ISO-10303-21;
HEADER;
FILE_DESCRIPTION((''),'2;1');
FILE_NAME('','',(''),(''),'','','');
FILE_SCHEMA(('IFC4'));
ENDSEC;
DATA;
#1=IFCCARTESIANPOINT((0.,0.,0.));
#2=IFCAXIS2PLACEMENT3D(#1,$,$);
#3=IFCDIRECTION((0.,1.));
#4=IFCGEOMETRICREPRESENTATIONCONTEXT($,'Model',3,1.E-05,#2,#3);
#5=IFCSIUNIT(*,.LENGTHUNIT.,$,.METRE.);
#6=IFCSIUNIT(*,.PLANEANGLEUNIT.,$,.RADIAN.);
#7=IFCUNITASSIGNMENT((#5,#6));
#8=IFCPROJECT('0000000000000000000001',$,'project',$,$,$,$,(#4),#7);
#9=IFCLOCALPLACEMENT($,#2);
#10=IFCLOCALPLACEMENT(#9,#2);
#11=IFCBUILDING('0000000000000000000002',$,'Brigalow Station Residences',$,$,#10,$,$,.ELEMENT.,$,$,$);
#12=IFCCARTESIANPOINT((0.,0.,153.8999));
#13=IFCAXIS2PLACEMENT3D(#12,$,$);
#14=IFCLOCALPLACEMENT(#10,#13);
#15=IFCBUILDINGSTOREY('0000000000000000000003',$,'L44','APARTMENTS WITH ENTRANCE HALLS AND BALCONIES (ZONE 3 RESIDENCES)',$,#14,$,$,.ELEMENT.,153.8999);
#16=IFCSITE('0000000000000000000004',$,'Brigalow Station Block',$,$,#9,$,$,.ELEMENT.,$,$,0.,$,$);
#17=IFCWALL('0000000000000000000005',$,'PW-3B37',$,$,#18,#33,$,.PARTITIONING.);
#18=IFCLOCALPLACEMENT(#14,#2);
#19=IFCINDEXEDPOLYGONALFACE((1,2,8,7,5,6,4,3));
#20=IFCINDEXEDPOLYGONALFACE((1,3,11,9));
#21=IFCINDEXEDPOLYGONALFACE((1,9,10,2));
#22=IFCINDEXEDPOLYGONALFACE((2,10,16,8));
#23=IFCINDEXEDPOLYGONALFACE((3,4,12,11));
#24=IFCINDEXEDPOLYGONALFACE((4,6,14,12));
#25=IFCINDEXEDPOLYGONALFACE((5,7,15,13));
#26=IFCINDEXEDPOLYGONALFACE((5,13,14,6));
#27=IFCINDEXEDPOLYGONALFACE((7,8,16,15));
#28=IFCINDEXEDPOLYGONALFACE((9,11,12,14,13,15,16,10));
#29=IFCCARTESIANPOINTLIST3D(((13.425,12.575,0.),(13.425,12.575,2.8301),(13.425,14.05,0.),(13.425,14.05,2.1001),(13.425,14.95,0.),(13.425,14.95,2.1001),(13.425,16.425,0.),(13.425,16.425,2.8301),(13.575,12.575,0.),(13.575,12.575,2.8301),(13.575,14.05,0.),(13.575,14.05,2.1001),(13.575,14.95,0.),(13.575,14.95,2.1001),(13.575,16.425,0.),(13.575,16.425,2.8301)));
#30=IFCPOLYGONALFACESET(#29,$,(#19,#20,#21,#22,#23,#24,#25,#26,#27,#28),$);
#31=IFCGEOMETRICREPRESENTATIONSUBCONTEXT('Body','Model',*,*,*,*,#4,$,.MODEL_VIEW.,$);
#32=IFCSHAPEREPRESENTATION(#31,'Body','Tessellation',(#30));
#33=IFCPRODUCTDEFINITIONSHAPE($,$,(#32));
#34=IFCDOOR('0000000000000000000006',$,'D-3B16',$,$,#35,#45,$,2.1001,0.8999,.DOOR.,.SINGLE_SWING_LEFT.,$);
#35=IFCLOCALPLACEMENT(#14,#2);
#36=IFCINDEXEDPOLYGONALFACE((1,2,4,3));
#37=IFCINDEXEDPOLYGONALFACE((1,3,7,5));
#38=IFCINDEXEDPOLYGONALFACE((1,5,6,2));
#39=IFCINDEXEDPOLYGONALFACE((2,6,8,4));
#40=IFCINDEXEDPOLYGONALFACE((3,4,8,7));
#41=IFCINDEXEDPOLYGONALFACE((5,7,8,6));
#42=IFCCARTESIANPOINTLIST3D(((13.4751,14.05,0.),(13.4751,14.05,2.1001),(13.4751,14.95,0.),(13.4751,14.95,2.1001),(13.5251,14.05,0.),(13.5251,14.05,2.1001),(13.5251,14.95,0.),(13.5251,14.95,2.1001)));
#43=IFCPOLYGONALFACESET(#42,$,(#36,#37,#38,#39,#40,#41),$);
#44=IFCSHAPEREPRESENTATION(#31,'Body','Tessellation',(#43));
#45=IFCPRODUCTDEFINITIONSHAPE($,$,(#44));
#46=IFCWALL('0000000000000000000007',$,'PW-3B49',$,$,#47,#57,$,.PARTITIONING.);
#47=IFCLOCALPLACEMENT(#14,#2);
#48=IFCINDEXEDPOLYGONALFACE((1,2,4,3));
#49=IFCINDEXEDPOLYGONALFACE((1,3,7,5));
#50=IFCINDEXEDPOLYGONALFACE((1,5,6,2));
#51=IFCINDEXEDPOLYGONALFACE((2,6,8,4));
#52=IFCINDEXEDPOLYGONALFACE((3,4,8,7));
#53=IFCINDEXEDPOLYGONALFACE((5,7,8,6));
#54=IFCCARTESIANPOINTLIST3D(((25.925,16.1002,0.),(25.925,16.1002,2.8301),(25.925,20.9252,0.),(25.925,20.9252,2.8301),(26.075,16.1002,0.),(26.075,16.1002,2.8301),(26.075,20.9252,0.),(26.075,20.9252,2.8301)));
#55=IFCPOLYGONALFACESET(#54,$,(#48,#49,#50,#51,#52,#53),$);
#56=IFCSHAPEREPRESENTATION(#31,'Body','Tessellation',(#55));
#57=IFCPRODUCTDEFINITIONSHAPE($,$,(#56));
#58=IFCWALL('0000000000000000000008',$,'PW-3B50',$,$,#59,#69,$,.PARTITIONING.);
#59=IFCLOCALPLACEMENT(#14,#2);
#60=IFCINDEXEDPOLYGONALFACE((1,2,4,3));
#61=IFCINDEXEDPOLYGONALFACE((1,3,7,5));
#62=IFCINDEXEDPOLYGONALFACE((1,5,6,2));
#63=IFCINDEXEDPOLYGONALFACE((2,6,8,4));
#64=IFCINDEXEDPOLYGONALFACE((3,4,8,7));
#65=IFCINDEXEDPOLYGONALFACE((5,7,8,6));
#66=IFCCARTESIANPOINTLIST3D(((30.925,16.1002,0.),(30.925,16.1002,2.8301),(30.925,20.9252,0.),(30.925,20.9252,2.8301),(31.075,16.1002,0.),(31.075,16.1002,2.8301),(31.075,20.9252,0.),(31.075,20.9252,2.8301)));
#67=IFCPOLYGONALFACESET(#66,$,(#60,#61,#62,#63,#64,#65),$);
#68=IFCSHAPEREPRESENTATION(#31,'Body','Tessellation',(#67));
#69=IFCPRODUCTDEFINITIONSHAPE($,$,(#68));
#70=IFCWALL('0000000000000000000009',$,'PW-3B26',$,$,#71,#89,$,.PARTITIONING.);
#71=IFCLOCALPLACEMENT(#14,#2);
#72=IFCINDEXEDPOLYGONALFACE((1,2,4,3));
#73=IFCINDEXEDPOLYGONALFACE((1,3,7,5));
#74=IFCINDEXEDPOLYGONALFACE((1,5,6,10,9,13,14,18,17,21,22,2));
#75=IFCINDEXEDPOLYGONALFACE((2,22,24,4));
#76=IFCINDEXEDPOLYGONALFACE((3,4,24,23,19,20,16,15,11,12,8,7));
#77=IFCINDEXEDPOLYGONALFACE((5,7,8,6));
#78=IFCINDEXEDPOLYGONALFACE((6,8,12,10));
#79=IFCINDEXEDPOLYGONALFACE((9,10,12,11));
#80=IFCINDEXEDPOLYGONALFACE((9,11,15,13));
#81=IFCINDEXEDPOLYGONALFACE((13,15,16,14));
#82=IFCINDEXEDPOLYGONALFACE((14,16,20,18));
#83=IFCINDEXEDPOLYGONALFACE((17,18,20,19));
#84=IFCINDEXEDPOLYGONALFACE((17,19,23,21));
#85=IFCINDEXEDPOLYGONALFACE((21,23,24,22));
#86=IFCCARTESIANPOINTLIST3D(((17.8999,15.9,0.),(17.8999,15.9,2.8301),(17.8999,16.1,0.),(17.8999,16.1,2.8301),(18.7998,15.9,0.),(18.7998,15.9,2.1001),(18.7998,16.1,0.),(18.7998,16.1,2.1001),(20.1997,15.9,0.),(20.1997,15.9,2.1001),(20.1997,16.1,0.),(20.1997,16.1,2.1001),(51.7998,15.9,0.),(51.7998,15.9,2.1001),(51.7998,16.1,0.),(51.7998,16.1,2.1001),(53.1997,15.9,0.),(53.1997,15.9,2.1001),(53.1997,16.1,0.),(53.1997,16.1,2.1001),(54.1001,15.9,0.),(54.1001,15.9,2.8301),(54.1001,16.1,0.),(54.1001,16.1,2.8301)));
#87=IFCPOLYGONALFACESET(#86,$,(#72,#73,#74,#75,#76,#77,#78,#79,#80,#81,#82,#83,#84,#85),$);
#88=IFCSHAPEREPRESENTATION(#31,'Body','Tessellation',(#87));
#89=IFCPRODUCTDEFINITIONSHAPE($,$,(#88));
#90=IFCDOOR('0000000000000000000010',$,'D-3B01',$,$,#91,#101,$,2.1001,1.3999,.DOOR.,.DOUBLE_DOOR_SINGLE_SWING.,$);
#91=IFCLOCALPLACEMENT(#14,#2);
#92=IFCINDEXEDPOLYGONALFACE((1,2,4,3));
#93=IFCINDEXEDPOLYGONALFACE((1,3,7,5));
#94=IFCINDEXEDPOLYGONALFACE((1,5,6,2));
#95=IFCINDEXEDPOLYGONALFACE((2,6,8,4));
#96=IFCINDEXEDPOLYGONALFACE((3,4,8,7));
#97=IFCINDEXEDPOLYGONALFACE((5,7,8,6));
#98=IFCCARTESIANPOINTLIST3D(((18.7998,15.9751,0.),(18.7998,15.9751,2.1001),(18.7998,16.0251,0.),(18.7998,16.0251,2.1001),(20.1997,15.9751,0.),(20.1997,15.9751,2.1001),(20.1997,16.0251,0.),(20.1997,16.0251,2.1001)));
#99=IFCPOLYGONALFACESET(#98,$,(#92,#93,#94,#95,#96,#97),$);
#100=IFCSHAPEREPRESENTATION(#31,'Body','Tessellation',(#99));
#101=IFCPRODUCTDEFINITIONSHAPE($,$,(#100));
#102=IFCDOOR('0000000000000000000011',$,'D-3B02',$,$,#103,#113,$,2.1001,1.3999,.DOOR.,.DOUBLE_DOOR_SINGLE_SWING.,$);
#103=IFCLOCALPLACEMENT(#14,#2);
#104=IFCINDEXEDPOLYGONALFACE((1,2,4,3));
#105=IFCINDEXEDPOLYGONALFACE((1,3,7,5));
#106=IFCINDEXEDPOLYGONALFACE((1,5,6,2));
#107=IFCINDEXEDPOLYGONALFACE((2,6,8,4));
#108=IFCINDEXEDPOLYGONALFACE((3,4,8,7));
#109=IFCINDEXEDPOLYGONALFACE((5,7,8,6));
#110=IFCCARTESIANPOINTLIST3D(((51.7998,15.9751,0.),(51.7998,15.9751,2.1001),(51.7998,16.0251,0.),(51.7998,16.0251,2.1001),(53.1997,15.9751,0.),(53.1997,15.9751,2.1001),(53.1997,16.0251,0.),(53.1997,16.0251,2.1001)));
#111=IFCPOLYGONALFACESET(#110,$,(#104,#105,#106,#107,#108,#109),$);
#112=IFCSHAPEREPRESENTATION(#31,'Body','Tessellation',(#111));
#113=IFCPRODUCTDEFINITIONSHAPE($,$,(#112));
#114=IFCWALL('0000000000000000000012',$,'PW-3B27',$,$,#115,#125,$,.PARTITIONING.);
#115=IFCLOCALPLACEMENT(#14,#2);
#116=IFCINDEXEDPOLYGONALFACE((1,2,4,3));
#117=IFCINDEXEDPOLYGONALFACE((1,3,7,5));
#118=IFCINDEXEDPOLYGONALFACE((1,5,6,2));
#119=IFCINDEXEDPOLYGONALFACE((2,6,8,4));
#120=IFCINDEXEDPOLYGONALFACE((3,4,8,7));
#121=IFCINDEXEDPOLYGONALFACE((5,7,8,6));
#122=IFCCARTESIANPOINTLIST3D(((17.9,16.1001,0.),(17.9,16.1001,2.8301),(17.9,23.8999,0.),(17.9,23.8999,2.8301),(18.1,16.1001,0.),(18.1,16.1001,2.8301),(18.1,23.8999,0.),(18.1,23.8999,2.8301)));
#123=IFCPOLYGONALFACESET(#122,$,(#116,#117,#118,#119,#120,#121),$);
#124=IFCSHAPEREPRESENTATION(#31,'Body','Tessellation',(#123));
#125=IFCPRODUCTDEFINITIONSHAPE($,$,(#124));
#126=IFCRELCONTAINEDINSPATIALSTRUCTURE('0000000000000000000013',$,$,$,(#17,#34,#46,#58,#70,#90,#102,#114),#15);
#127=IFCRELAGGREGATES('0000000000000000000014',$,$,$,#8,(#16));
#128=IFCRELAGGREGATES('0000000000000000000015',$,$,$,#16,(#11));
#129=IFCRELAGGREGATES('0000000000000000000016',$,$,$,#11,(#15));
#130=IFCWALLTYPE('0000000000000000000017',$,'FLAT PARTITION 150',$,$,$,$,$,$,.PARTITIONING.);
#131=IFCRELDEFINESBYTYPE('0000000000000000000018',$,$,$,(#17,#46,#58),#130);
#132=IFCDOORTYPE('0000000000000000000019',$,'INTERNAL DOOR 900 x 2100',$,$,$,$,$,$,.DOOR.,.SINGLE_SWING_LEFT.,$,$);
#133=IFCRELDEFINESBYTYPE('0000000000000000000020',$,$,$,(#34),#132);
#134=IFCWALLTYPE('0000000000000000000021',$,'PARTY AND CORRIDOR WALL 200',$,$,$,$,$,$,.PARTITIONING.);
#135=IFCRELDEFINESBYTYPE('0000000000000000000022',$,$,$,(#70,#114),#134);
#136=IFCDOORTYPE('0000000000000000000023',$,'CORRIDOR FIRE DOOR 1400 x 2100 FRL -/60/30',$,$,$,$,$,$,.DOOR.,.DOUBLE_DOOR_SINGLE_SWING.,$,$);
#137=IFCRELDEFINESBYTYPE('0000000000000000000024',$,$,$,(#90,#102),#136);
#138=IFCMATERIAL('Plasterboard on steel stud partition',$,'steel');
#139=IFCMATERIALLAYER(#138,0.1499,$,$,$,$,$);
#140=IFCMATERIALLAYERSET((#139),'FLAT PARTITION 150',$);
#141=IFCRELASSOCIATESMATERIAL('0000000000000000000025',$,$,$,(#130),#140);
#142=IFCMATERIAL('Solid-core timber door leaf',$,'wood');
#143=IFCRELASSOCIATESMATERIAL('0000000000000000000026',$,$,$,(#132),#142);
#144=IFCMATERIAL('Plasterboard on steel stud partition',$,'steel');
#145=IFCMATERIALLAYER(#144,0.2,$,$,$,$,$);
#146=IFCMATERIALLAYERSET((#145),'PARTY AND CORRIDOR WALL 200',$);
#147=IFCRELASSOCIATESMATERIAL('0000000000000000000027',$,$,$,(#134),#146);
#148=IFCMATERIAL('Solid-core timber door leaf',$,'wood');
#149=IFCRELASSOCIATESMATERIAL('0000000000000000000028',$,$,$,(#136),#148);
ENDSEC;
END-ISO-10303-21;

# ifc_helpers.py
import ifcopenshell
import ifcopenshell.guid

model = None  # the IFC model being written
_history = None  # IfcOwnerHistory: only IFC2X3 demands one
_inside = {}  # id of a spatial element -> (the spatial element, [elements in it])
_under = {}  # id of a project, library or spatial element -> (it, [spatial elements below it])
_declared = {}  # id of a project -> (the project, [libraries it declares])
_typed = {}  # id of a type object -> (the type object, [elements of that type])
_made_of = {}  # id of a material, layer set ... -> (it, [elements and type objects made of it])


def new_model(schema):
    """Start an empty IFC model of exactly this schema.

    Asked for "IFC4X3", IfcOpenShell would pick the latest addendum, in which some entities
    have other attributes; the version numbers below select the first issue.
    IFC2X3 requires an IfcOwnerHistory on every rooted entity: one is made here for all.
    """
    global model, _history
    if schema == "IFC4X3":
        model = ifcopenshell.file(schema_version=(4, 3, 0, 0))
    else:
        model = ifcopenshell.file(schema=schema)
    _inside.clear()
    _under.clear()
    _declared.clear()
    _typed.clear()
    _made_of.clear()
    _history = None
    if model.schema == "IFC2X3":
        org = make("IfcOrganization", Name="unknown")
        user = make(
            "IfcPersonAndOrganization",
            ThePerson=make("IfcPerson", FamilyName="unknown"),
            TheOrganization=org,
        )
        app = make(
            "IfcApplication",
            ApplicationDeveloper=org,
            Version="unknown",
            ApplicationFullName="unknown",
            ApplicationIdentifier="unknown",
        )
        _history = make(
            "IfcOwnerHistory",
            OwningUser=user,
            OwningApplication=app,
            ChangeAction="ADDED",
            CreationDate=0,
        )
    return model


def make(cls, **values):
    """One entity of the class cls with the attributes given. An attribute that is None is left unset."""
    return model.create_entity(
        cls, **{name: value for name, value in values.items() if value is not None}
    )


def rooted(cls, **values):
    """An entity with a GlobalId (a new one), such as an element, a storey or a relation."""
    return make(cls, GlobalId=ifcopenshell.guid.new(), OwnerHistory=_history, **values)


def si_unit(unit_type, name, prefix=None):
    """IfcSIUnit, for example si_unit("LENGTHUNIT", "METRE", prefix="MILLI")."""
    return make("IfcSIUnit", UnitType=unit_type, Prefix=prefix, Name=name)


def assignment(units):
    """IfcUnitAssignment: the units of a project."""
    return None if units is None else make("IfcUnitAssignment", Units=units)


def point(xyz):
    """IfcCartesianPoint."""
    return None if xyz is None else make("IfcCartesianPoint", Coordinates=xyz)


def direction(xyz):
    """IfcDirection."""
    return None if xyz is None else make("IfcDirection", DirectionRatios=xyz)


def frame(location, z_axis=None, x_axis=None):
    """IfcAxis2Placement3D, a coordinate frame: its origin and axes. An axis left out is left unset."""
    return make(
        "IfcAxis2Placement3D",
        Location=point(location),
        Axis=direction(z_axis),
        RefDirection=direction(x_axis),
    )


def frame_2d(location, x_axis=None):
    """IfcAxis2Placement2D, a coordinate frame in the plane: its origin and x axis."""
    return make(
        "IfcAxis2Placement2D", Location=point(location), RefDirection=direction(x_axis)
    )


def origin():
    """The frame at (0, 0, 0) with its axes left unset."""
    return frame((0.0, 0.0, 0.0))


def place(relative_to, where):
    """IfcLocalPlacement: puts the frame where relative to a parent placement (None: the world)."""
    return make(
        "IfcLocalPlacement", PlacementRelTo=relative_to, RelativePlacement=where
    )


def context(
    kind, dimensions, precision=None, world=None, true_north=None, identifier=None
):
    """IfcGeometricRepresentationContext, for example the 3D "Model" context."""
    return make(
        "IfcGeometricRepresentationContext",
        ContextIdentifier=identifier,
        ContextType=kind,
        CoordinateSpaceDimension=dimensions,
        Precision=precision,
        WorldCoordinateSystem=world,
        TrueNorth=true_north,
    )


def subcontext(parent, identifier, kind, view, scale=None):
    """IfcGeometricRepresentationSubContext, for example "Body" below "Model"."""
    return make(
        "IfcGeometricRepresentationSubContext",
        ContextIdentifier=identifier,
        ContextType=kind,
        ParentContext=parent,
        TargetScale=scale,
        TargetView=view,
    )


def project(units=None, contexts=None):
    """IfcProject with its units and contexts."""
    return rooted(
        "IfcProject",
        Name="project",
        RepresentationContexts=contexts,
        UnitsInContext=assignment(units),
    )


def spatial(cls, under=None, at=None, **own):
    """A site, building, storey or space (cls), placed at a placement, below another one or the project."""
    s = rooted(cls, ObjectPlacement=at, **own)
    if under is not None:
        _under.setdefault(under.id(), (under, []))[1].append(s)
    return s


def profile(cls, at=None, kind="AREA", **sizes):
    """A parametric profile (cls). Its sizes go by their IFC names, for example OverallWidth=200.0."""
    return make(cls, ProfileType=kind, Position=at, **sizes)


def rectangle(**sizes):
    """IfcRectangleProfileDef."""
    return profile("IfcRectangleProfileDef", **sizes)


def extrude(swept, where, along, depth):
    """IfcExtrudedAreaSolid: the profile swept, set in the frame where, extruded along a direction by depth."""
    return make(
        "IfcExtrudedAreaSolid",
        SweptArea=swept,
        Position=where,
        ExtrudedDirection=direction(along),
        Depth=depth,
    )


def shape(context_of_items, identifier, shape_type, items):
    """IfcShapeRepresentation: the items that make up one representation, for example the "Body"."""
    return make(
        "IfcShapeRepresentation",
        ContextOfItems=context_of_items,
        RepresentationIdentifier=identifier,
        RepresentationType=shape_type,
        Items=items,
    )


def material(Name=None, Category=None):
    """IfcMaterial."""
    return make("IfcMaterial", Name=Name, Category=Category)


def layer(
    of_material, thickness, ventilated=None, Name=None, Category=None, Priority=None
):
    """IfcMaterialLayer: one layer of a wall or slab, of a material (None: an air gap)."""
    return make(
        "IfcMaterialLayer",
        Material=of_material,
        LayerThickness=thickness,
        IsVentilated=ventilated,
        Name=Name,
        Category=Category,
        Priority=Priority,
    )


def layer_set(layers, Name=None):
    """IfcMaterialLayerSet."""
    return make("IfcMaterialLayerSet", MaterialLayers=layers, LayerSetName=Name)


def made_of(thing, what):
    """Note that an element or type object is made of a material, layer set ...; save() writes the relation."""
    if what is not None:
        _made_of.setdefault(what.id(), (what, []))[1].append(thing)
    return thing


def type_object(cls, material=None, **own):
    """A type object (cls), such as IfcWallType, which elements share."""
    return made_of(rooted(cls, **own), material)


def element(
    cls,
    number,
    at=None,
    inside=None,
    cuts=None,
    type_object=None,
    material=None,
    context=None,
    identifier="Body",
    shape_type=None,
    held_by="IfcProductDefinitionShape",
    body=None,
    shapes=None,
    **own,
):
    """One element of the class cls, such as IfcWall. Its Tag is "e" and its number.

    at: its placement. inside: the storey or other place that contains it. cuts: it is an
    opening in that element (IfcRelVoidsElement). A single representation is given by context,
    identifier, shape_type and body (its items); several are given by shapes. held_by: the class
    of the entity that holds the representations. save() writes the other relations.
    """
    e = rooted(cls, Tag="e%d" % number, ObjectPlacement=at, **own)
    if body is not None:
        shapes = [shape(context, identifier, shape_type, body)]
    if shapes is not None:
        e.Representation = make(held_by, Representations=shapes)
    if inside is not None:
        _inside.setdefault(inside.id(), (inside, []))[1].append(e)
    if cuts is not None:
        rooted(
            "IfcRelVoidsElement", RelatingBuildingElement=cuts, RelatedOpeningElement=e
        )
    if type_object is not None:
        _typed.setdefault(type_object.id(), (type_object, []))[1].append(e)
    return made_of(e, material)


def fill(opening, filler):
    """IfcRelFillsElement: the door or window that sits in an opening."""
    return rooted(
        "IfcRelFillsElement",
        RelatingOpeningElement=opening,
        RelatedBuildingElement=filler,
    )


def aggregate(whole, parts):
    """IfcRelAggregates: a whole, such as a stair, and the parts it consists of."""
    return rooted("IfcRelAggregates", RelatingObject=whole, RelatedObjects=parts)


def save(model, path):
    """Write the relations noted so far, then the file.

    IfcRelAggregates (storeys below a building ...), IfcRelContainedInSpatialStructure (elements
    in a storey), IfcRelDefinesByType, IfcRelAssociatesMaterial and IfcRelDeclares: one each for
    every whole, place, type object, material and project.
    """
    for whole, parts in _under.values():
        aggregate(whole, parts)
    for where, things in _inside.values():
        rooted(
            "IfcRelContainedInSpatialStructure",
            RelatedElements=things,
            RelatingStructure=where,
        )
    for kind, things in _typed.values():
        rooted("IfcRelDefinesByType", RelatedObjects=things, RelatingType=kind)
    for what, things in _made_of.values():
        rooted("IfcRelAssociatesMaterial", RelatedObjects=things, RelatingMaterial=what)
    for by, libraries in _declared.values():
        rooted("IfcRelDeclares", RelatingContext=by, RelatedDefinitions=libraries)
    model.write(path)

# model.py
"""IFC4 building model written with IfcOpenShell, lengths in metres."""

from ifc_helpers import new_model, si_unit, direction, frame, frame_2d, origin, place, context, subcontext, project, spatial, rectangle, extrude, material, layer, layer_set, type_object, element, fill, save


model = new_model("IFC4")

# Units and contexts
model_context = context("Model", 3, precision=1e-05, world=origin(), true_north=direction((0.0, 1.0)))
body_context = subcontext(model_context, "Body", "Model", "MODEL_VIEW")
ifc_project = project(units=[si_unit("LENGTHUNIT", "METRE"), si_unit("PLANEANGLEUNIT", "RADIAN")], contexts=[model_context])

# Site, building, storey
site_placement = place(None, origin())
site = spatial("IfcSite", under=ifc_project, at=site_placement, Name="Brigalow Station Block", CompositionType="ELEMENT", RefElevation=0.0)
building_placement = place(site_placement, origin())
building = spatial("IfcBuilding", under=site, at=building_placement, Name="Brigalow Station Residences", CompositionType="ELEMENT")
storey_placement = place(building_placement, frame((0.0, 0.0, 153.8999)))
storey = spatial("IfcBuildingStorey", under=building, at=storey_placement, Name="L44", Description="APARTMENTS WITH ENTRANCE HALLS AND BALCONIES (ZONE 3 RESIDENCES)", CompositionType="ELEMENT", Elevation=153.8999)

# Shared definitions
ifc_material_1 = material(Name="Plasterboard on steel stud partition", Category="steel")
ifc_layer_1 = layer(ifc_material_1, 0.1499)
ifc_layer_set_1 = layer_set([ifc_layer_1], Name="FLAT PARTITION 150")
wall_type_1 = type_object("IfcWallType", Name="FLAT PARTITION 150", PredefinedType="PARTITIONING", material=ifc_layer_set_1)
ifc_material_2 = material(Name="Solid-core timber door leaf", Category="wood")
door_type_1 = type_object("IfcDoorType", Name="INTERNAL DOOR 900 x 2100", OperationType="SINGLE_SWING_LEFT", PredefinedType="DOOR", material=ifc_material_2)

# Wall, opening, door
wall_1_placement = place(storey_placement, frame((13.5, 12.575, 0.0), z_axis=(0.0, 0.0, 1.0), x_axis=(0.0, 1.0, 0.0)))
wall_1 = element("IfcWall", 1, at=wall_1_placement, inside=storey, type_object=wall_type_1, Name="PW-3B37", PredefinedType="PARTITIONING", context=body_context, shape_type="SweptSolid", body=[
    extrude(rectangle(XDim=3.8501, YDim=0.1499, at=frame_2d((1.925, 0.0))), origin(), (0.0, 0.0, 1.0), 2.8301),
])
opening_1_placement = place(wall_1_placement, frame((1.4751, 0.0, 0.0)))
opening_1 = element("IfcOpeningElement", 2, at=opening_1_placement, cuts=wall_1, PredefinedType="OPENING", context=body_context, shape_type="SweptSolid", body=[
    extrude(rectangle(XDim=0.8999, YDim=2.1001, at=frame_2d((0.45, 1.05))), frame((0.0, 0.085, 0.0), z_axis=(0.0, -1.0, 0.0), x_axis=(1.0, 0.0, 0.0)), (0.0, 0.0, 1.0), 0.1699),
])
door_1_placement = place(opening_1_placement, origin())
door_1 = element("IfcDoor", 3, at=door_1_placement, inside=storey, type_object=door_type_1, Name="D-3B16", OperationType="SINGLE_SWING_LEFT", OverallHeight=2.1001, OverallWidth=0.8999, PredefinedType="DOOR", context=body_context, shape_type="SweptSolid", body=[
    extrude(rectangle(XDim=0.8999, YDim=2.1001, at=frame_2d((0.45, 1.05))), frame((0.0, 0.0249, 0.0), z_axis=(0.0, -1.0, 0.0), x_axis=(1.0, 0.0, 0.0)), (0.0, 0.0, 1.0), 0.05),
])
fill(opening_1, door_1)

# Walls
for number, where, z_axis, x_axis, name in (
    (4, (26.0, 16.1001, 0.0), (0.0, 0.0, 1.0), (0.0, 1.0, 0.0), "PW-3B49"),
    (5, (31.0, 16.1001, 0.0), (0.0, 0.0, 1.0), (0.0, 1.0, 0.0), "PW-3B50"),
):
    element("IfcWall", number, at=place(storey_placement, frame(where, z_axis=z_axis, x_axis=x_axis)), inside=storey, type_object=wall_type_1, Name=name, PredefinedType="PARTITIONING", context=body_context, shape_type="SweptSolid", body=[
        extrude(rectangle(XDim=4.825, YDim=0.1499, at=frame_2d((2.4126, 0.0))), origin(), (0.0, 0.0, 1.0), 2.8301),
    ])

# Wall, openings, doors
ifc_material_3 = material(Name="Plasterboard on steel stud partition", Category="steel")
ifc_layer_2 = layer(ifc_material_3, 0.2)
ifc_layer_set_2 = layer_set([ifc_layer_2], Name="PARTY AND CORRIDOR WALL 200")
wall_type_2 = type_object("IfcWallType", Name="PARTY AND CORRIDOR WALL 200", PredefinedType="PARTITIONING", material=ifc_layer_set_2)
wall_2_placement = place(storey_placement, frame((17.8999, 16.0, 0.0), z_axis=(0.0, 0.0, 1.0), x_axis=(1.0, 0.0, 0.0)))
wall_2 = element("IfcWall", 6, at=wall_2_placement, inside=storey, type_object=wall_type_2, Name="PW-3B26", PredefinedType="PARTITIONING", context=body_context, shape_type="SweptSolid", body=[
    extrude(rectangle(XDim=36.2002, YDim=0.2, at=frame_2d((18.1001, 0.0))), origin(), (0.0, 0.0, 1.0), 2.8301),
])
opening_2_placement = place(wall_2_placement, frame((0.8999, 0.0, 0.0)))
opening_2 = element("IfcOpeningElement", 7, at=opening_2_placement, cuts=wall_2, PredefinedType="OPENING", context=body_context, shape_type="SweptSolid", body=[
    extrude(rectangle(XDim=1.3999, YDim=2.1001, at=frame_2d((0.7, 1.05))), frame((0.0, 0.1099, 0.0), z_axis=(0.0, -1.0, 0.0), x_axis=(1.0, 0.0, 0.0)), (0.0, 0.0, 1.0), 0.22),
])
opening_3_placement = place(wall_2_placement, frame((33.8999, 0.0, 0.0)))
opening_3 = element("IfcOpeningElement", 8, at=opening_3_placement, cuts=wall_2, PredefinedType="OPENING", context=body_context, shape_type="SweptSolid", body=[
    extrude(rectangle(XDim=1.3999, YDim=2.1001, at=frame_2d((0.7, 1.05))), frame((0.0, 0.1099, 0.0), z_axis=(0.0, -1.0, 0.0), x_axis=(1.0, 0.0, 0.0)), (0.0, 0.0, 1.0), 0.22),
])
ifc_material_4 = material(Name="Solid-core timber door leaf", Category="wood")
door_type_2 = type_object("IfcDoorType", Name="CORRIDOR FIRE DOOR 1400 x 2100 FRL -/60/30", OperationType="DOUBLE_DOOR_SINGLE_SWING", PredefinedType="DOOR", material=ifc_material_4)
door_2_placement = place(opening_2_placement, frame((1.3999, 0.0, 0.0), z_axis=(0.0, 0.0, 1.0), x_axis=(-1.0, 0.0, 0.0)))
door_2 = element("IfcDoor", 9, at=door_2_placement, inside=storey, type_object=door_type_2, Name="D-3B01", OperationType="DOUBLE_DOOR_SINGLE_SWING", OverallHeight=2.1001, OverallWidth=1.3999, PredefinedType="DOOR", context=body_context, shape_type="SweptSolid", body=[
    extrude(rectangle(XDim=1.3999, YDim=2.1001, at=frame_2d((0.7, 1.05))), frame((0.0, 0.0249, 0.0), z_axis=(0.0, -1.0, 0.0), x_axis=(1.0, 0.0, 0.0)), (0.0, 0.0, 1.0), 0.05),
])
fill(opening_2, door_2)
door_3_placement = place(opening_3_placement, frame((1.3999, 0.0, 0.0), z_axis=(0.0, 0.0, 1.0), x_axis=(-1.0, 0.0, 0.0)))
door_3 = element("IfcDoor", 10, at=door_3_placement, inside=storey, type_object=door_type_2, Name="D-3B02", OperationType="DOUBLE_DOOR_SINGLE_SWING", OverallHeight=2.1001, OverallWidth=1.3999, PredefinedType="DOOR", context=body_context, shape_type="SweptSolid", body=[
    extrude(rectangle(XDim=1.3999, YDim=2.1001, at=frame_2d((0.7, 1.05))), frame((0.0, 0.0249, 0.0), z_axis=(0.0, -1.0, 0.0), x_axis=(1.0, 0.0, 0.0)), (0.0, 0.0, 1.0), 0.05),
])
fill(opening_3, door_3)

# Wall
wall_3_placement = place(storey_placement, frame((18.0, 16.1001, 0.0), z_axis=(0.0, 0.0, 1.0), x_axis=(0.0, 1.0, 0.0)))
element("IfcWall", 11, at=wall_3_placement, inside=storey, type_object=wall_type_2, Name="PW-3B27", PredefinedType="PARTITIONING", context=body_context, shape_type="SweptSolid", body=[
    extrude(rectangle(XDim=7.7998, YDim=0.2, at=frame_2d((3.8999, 0.0))), origin(), (0.0, 0.0, 1.0), 2.8301),
])

save(model, "model.ifc")
